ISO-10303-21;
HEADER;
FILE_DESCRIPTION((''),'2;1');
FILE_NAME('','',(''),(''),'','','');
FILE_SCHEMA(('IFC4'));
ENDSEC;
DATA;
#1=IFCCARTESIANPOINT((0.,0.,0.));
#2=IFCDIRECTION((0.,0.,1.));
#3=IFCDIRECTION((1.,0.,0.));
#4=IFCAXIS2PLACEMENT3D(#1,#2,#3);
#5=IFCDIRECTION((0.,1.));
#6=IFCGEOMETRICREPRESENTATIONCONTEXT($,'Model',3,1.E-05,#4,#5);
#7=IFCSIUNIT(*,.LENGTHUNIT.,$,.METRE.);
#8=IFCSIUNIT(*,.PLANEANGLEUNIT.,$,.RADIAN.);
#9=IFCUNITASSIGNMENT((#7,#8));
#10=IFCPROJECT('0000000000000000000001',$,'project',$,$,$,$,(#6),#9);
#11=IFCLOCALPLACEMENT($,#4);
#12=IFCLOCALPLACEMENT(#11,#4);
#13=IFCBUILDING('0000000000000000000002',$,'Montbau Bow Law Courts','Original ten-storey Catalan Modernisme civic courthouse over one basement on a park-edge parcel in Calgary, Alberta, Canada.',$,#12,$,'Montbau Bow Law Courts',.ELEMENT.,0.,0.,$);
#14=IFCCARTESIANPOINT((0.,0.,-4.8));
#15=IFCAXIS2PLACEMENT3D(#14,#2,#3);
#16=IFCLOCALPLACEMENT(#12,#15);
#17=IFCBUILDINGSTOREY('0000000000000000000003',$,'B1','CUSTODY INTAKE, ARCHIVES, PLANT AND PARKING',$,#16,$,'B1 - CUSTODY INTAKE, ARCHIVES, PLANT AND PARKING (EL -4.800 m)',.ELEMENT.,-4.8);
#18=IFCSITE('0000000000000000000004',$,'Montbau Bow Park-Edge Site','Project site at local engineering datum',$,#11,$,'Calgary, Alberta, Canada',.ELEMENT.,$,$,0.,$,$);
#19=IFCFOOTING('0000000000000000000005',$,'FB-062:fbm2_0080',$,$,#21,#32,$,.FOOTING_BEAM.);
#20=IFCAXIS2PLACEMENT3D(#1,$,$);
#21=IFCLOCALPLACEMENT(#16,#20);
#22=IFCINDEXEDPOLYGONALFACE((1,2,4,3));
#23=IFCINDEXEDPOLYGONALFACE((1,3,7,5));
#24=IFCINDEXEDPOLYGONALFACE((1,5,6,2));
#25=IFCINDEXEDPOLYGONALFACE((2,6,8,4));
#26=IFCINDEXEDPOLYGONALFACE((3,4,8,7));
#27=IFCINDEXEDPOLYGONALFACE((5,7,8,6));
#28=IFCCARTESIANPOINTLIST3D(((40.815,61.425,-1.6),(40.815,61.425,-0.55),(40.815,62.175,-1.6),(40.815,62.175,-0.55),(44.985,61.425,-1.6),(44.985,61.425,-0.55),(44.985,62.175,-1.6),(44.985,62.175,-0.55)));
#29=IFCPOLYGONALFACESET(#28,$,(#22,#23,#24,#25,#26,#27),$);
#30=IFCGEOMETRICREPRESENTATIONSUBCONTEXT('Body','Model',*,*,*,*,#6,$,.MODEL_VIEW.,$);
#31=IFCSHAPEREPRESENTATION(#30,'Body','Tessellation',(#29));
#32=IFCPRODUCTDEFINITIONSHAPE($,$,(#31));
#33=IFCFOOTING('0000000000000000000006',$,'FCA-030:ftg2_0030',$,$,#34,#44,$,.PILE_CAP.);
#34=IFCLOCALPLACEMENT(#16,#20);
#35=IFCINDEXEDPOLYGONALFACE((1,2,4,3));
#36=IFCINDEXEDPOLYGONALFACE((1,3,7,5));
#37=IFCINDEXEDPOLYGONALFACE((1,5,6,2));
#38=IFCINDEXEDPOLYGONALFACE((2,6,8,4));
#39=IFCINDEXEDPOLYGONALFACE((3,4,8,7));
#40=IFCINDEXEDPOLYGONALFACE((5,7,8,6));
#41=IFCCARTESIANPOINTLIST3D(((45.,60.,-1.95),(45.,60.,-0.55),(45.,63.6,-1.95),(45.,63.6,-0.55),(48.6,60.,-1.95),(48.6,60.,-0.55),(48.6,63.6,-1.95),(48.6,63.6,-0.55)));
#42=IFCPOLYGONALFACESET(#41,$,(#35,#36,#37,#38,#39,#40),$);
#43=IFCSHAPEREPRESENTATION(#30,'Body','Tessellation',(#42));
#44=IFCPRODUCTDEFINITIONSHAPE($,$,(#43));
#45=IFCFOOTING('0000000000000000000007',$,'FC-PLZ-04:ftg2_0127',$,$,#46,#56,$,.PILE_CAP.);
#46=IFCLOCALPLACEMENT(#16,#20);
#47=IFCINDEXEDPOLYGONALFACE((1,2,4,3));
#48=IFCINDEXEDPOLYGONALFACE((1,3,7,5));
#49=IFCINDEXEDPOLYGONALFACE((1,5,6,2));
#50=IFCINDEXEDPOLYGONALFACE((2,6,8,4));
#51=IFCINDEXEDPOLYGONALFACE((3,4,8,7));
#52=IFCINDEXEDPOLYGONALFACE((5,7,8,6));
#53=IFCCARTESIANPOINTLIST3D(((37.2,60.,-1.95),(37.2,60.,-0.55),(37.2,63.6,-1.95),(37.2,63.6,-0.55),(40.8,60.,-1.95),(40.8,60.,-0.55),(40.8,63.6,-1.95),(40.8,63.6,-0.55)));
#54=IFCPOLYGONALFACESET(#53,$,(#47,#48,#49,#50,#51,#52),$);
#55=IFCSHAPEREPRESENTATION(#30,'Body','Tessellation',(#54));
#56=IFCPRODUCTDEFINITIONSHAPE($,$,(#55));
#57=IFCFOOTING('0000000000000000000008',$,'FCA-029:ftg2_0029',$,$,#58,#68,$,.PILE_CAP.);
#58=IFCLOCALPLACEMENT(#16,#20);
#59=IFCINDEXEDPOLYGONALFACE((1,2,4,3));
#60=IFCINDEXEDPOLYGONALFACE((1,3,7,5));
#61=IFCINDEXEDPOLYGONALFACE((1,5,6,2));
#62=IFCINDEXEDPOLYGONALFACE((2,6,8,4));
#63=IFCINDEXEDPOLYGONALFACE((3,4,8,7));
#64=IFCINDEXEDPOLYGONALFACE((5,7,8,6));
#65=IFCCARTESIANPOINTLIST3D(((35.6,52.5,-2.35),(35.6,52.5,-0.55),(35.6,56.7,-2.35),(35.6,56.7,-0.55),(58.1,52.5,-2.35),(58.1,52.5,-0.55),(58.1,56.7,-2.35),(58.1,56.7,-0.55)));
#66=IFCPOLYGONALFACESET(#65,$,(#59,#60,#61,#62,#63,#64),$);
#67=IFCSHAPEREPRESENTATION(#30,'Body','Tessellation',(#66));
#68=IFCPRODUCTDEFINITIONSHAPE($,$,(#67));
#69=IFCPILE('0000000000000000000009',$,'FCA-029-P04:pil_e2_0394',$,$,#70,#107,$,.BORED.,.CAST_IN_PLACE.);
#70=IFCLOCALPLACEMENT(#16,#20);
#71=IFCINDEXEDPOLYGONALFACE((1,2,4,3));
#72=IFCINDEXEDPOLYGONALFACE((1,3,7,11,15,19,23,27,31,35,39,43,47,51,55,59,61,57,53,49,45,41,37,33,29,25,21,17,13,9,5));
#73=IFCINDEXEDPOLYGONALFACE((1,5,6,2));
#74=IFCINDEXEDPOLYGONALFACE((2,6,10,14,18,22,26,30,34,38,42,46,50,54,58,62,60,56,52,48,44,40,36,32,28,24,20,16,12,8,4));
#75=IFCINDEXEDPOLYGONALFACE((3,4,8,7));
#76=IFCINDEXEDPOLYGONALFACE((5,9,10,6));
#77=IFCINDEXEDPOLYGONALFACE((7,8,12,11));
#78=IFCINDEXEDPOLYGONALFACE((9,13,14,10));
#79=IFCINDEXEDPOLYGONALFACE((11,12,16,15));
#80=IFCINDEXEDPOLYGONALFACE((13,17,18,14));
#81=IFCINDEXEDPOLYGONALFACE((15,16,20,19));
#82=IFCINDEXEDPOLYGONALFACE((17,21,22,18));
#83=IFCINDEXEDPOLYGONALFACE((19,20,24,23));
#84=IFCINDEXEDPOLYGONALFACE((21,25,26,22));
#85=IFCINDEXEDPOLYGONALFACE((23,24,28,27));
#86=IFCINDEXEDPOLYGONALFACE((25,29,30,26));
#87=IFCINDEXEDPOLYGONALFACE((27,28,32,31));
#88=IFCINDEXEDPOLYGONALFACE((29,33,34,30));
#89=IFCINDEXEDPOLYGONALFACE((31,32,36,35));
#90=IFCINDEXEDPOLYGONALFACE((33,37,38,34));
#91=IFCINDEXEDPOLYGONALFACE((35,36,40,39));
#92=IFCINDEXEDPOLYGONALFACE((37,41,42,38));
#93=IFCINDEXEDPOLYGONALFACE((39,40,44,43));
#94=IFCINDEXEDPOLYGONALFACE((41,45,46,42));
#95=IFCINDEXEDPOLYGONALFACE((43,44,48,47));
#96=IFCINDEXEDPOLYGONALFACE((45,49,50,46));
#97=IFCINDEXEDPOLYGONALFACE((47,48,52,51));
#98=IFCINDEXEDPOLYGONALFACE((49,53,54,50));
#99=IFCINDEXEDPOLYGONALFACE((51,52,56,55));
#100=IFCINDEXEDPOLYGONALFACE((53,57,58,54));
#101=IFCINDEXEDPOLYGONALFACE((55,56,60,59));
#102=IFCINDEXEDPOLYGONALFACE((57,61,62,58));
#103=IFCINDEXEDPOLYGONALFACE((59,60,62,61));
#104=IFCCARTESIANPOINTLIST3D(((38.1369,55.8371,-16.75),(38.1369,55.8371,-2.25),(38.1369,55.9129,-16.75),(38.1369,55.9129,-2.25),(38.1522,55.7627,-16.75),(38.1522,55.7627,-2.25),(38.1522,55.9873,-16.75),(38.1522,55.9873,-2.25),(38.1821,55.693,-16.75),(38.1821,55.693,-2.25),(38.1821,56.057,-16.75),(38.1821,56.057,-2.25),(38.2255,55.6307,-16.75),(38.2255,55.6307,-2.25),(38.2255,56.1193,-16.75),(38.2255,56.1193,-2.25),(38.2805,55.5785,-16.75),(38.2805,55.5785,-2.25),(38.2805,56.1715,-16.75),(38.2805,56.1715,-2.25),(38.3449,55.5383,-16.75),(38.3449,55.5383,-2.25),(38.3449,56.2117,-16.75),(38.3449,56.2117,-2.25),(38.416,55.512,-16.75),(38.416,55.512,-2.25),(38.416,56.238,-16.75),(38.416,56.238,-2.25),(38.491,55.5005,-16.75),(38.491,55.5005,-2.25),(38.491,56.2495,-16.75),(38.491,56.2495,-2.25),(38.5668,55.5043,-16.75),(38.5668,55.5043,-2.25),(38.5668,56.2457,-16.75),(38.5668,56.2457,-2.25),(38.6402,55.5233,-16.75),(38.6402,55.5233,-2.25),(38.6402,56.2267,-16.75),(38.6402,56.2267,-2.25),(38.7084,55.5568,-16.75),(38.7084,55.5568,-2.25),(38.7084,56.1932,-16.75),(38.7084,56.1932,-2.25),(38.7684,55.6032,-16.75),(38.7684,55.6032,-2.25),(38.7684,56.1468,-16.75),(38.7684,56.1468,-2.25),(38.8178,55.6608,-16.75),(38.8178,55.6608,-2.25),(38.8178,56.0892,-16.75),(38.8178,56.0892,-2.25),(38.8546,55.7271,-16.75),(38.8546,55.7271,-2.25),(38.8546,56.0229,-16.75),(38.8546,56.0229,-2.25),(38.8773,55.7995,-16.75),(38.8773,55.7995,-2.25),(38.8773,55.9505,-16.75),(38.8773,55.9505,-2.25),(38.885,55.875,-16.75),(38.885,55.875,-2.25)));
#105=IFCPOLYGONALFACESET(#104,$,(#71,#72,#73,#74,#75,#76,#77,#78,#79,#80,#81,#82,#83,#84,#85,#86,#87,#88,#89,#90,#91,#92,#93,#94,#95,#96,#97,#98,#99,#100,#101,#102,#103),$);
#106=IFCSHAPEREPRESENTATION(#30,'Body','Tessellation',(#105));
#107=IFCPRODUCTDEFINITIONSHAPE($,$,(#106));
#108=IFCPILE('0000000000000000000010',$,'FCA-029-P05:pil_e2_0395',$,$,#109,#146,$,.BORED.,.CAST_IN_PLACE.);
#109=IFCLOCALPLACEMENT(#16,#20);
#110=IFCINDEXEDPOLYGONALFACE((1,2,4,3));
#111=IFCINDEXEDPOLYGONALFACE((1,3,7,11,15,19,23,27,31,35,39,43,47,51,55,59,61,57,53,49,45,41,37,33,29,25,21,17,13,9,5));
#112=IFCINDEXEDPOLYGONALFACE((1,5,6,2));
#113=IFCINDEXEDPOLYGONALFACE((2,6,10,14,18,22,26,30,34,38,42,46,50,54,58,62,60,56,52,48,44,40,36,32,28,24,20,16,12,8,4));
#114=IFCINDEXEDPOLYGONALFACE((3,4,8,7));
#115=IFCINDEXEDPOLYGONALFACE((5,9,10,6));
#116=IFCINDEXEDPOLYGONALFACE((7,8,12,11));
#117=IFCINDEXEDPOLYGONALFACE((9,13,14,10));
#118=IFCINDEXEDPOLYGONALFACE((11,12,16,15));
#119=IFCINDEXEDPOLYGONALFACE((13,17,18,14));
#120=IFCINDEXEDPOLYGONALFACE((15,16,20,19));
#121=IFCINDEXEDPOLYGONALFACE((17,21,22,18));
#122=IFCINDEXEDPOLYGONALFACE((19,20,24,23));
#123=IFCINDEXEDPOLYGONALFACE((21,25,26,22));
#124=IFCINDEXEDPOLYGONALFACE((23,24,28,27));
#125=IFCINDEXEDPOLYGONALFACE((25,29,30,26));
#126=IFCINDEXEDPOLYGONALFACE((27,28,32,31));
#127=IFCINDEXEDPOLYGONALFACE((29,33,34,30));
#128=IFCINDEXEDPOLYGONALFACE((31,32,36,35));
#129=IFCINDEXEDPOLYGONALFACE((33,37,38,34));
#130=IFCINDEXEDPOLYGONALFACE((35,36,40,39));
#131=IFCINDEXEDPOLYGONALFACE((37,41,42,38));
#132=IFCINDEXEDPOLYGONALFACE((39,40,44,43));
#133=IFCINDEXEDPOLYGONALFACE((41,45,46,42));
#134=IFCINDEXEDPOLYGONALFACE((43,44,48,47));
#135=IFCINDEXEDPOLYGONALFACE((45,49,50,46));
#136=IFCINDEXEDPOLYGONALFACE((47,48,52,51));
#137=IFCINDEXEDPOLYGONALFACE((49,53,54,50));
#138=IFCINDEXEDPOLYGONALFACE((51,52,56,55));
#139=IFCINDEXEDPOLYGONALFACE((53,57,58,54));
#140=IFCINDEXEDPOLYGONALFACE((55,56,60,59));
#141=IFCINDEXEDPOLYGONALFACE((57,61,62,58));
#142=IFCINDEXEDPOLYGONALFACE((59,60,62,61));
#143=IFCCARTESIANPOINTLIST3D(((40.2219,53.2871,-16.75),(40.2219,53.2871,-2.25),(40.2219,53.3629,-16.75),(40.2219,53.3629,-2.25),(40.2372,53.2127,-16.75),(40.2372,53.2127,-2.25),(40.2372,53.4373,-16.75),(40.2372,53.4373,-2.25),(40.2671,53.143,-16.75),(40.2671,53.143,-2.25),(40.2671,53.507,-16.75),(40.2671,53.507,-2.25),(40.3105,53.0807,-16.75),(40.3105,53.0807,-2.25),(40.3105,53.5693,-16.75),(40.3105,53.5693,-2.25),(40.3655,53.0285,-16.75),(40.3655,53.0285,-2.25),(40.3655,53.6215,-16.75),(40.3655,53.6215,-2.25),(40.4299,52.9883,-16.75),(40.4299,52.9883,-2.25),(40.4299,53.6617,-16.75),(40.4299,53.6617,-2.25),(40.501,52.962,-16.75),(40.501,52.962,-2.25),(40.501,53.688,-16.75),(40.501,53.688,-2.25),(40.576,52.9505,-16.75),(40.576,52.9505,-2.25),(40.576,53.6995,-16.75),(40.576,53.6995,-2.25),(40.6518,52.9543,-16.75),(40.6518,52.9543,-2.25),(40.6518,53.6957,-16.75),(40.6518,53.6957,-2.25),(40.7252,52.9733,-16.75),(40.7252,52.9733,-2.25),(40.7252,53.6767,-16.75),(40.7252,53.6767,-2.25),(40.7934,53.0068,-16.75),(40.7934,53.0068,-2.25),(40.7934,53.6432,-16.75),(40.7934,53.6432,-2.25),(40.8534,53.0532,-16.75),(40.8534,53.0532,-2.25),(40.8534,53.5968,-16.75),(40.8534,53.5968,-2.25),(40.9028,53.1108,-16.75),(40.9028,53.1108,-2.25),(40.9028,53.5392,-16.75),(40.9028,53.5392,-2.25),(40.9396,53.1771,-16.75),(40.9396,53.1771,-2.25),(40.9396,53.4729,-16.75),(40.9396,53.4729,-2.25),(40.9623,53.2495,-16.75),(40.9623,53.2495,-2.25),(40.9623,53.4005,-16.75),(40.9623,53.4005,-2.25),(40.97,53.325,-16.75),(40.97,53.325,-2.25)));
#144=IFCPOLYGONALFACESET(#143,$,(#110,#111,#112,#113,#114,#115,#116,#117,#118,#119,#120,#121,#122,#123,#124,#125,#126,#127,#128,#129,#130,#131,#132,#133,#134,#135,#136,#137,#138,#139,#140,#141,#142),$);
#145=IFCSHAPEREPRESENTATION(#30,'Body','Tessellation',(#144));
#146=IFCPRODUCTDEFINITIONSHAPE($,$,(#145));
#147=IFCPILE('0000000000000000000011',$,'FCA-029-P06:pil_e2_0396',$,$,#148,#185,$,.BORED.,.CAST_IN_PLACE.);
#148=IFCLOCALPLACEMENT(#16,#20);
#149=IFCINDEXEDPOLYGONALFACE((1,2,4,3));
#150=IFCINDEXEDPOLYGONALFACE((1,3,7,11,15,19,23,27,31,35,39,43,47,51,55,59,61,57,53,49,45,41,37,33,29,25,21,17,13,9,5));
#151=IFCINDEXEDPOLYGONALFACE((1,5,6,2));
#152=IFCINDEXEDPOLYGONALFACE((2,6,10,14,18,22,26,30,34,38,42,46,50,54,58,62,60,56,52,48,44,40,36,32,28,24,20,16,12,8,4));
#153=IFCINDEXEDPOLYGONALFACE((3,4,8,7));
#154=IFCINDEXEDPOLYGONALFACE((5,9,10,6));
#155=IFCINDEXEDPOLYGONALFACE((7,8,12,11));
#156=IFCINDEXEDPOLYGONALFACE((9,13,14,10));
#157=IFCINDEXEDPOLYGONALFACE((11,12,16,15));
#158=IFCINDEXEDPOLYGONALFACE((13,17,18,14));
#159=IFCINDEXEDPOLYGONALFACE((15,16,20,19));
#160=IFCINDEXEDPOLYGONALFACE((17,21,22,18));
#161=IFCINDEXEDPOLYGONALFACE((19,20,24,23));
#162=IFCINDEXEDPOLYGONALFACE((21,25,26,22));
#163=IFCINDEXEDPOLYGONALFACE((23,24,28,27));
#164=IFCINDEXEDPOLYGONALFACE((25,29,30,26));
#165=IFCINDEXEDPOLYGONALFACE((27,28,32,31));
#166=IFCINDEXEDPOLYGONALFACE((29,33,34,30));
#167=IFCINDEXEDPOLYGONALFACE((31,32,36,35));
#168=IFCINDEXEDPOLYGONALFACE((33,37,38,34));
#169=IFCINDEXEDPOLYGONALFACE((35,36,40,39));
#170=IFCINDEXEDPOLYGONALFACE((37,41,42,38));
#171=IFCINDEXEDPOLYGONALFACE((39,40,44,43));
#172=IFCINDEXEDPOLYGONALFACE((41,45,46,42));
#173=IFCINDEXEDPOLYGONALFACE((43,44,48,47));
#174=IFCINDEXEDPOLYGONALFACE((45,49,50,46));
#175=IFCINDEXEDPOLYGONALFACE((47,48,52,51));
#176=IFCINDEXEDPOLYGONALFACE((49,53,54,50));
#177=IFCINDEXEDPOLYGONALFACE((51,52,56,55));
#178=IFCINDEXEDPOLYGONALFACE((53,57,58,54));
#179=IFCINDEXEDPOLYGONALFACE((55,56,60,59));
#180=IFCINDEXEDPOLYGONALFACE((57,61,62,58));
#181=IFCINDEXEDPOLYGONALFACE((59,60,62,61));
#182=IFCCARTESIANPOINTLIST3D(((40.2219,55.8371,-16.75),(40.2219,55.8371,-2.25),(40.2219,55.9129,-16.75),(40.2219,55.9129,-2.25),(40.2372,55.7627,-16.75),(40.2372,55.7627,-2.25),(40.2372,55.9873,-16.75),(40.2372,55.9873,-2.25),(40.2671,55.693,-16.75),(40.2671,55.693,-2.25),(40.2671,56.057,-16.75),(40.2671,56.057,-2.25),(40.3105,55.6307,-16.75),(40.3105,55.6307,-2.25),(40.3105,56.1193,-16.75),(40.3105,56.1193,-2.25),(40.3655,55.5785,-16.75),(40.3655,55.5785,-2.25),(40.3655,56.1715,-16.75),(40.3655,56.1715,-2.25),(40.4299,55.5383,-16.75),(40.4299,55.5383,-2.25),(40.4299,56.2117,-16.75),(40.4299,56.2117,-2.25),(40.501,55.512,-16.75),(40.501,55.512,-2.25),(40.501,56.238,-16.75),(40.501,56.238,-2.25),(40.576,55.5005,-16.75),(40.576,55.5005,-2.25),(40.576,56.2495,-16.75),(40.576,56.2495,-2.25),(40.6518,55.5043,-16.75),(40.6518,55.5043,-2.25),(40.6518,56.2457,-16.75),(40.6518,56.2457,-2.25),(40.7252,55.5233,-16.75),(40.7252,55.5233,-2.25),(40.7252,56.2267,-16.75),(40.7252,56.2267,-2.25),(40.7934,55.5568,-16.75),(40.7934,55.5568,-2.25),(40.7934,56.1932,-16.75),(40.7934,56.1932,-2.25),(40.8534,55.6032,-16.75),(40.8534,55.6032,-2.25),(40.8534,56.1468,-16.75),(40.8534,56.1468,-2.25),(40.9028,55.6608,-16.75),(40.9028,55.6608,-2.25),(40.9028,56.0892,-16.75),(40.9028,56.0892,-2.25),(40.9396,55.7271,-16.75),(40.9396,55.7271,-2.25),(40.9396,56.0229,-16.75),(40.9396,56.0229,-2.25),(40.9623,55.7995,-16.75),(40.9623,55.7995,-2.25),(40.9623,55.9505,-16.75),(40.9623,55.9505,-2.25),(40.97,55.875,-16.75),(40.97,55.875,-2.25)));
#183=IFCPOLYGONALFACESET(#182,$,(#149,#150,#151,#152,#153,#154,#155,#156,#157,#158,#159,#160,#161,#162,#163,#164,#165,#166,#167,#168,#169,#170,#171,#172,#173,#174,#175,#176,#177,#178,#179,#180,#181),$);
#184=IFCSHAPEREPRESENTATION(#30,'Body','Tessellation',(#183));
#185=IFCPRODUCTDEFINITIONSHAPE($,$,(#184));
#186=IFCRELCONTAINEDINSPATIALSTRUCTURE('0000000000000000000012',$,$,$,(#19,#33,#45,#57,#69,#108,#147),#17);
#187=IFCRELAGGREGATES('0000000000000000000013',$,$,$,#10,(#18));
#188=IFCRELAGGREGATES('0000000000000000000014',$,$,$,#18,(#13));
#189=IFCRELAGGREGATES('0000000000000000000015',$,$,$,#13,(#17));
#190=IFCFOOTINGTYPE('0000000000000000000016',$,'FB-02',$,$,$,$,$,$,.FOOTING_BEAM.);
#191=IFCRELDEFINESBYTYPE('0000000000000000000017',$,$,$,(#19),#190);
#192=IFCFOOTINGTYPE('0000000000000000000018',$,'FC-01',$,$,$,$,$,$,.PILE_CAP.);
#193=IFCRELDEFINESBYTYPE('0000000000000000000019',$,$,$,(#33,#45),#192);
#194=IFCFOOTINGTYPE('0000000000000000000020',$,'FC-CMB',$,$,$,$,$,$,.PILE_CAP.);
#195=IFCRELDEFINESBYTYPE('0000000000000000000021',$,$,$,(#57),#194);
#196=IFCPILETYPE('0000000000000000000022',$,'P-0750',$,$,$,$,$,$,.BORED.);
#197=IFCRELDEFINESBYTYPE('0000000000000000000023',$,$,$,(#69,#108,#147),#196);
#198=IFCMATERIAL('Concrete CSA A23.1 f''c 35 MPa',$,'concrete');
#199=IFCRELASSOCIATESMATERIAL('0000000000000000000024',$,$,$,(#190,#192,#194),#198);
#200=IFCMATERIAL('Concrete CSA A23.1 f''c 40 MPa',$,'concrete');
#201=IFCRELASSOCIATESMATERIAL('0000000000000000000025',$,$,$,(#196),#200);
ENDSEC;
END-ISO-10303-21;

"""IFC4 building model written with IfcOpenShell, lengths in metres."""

from ifc_helpers import new_model, si_unit, direction, frame, origin_with_axes, origin_2d_with_axis, place, context, subcontext, project, spatial, rectangle, circle, extrude, material, material_profile, profile_set, type_object, element, save


model = new_model("IFC4")

# Units and contexts
model_context = context("Model", 3, precision=1e-05, world=origin_with_axes(), true_north=direction((0.0, 1.0)))
body_context = subcontext(model_context, "Body", "Model", "MODEL_VIEW")
ifc_project = project(units=[si_unit("LENGTHUNIT", "METRE"), si_unit("PLANEANGLEUNIT", "RADIAN")], contexts=[model_context])

# Site, building, storey
site_placement = place(None, origin_with_axes())
site = spatial("IfcSite", under=ifc_project, at=site_placement, Name="Montbau Bow Park-Edge Site", Description="Project site at local engineering datum", LongName="Calgary, Alberta, Canada", CompositionType="ELEMENT", RefElevation=0.0)
building_placement = place(site_placement, origin_with_axes())
building = spatial("IfcBuilding", under=site, at=building_placement, Name="Montbau Bow Law Courts", Description="Original ten-storey Catalan Modernisme civic courthouse over one basement on a park-edge parcel in Calgary, Alberta, Canada.", LongName="Montbau Bow Law Courts", CompositionType="ELEMENT", ElevationOfRefHeight=0.0, ElevationOfTerrain=0.0)
storey_placement = place(building_placement, frame((0.0, 0.0, -4.8), z_axis=(0.0, 0.0, 1.0), x_axis=(1.0, 0.0, 0.0)))
storey = spatial("IfcBuildingStorey", under=building, at=storey_placement, Name="B1", Description="CUSTODY INTAKE, ARCHIVES, PLANT AND PARKING", LongName="B1 - CUSTODY INTAKE, ARCHIVES, PLANT AND PARKING (EL -4.800 m)", CompositionType="ELEMENT", Elevation=-4.8)

# Footings
ifc_material_1 = material(Name="Concrete CSA A23.1 f'c 35 MPa", Category="concrete")
footing_type_1 = type_object("IfcFootingType", Name="FB-02", PredefinedType="FOOTING_BEAM", material=ifc_material_1)
footing_1_placement = place(None, frame((42.9, 61.8, -6.4), z_axis=(0.0, 0.0, 1.0), x_axis=(1.0, 0.0, 0.0)))
element("IfcFooting", 1, at=footing_1_placement, inside=storey, type_object=footing_type_1, Name="FB-062:fbm2_0080", PredefinedType="FOOTING_BEAM", context=body_context, shape_type="SweptSolid", body=[
    extrude(rectangle(XDim=4.17, YDim=0.75, at=origin_2d_with_axis()), origin_with_axes(), (0.0, 0.0, 1.0), 1.05),
])
footing_type_2 = type_object("IfcFootingType", Name="FC-01", PredefinedType="PILE_CAP", material=ifc_material_1)
for number, where, z_axis, x_axis, name in (
    (2, (46.8, 61.8, -6.75), (0.0, 0.0, 1.0), (1.0, 0.0, 0.0), "FCA-030:ftg2_0030"),
    (3, (39.0, 61.8, -6.75), (0.0, 0.0, 1.0), (1.0, 0.0, 0.0), "FC-PLZ-04:ftg2_0127"),
):
    element("IfcFooting", number, at=place(None, frame(where, z_axis=z_axis, x_axis=x_axis)), inside=storey, type_object=footing_type_2, Name=name, PredefinedType="PILE_CAP", context=body_context, shape_type="SweptSolid", body=[
        extrude(rectangle(XDim=3.6, YDim=3.6, at=origin_2d_with_axis()), origin_with_axes(), (0.0, 0.0, 1.0), 1.4),
    ])
footing_type_3 = type_object("IfcFootingType", Name="FC-CMB", PredefinedType="PILE_CAP", material=ifc_material_1)
footing_2_placement = place(None, frame((46.85, 54.6, -7.15), z_axis=(0.0, 0.0, 1.0), x_axis=(1.0, 0.0, 0.0)))
element("IfcFooting", 4, at=footing_2_placement, inside=storey, type_object=footing_type_3, Name="FCA-029:ftg2_0029", PredefinedType="PILE_CAP", context=body_context, shape_type="SweptSolid", body=[
    extrude(rectangle(XDim=22.5, YDim=4.2, at=origin_2d_with_axis()), origin_with_axes(), (0.0, 0.0, 1.0), 1.8),
])

# Piles
ifc_material_2 = material(Name="Concrete CSA A23.1 f'c 40 MPa", Category="concrete")
ifc_material_profile_1 = material_profile(ifc_material_2, circle(Radius=0.375, at=origin_2d_with_axis()), Name="BP750", Category="Main", Priority=0)
ifc_profile_set_1 = profile_set([ifc_material_profile_1], Name="Concrete CSA A23.1 f'c 40 MPa")
pile_type_1 = type_object("IfcPileType", Name="P-0750", PredefinedType="BORED", material=ifc_profile_set_1)
for number, where, z_axis, x_axis, name in (
    (5, (38.51, 55.875, -21.55), (0.0, 0.0, 1.0), (1.0, 0.0, 0.0), "FCA-029-P04:pil_e2_0394"),
    (6, (40.595, 53.325, -21.55), (0.0, 0.0, 1.0), (1.0, 0.0, 0.0), "FCA-029-P05:pil_e2_0395"),
    (7, (40.595, 55.875, -21.55), (0.0, 0.0, 1.0), (1.0, 0.0, 0.0), "FCA-029-P06:pil_e2_0396"),
):
    element("IfcPile", number, at=place(None, frame(where, z_axis=z_axis, x_axis=x_axis)), inside=storey, type_object=pile_type_1, Name=name, ConstructionType="CAST_IN_PLACE", PredefinedType="BORED", context=body_context, shape_type="SweptSolid", body=[
        extrude(circle(Radius=0.375, at=origin_2d_with_axis()), origin_with_axes(), (0.0, 0.0, 1.0), 14.5),
    ])

save(model, "model.ifc")
